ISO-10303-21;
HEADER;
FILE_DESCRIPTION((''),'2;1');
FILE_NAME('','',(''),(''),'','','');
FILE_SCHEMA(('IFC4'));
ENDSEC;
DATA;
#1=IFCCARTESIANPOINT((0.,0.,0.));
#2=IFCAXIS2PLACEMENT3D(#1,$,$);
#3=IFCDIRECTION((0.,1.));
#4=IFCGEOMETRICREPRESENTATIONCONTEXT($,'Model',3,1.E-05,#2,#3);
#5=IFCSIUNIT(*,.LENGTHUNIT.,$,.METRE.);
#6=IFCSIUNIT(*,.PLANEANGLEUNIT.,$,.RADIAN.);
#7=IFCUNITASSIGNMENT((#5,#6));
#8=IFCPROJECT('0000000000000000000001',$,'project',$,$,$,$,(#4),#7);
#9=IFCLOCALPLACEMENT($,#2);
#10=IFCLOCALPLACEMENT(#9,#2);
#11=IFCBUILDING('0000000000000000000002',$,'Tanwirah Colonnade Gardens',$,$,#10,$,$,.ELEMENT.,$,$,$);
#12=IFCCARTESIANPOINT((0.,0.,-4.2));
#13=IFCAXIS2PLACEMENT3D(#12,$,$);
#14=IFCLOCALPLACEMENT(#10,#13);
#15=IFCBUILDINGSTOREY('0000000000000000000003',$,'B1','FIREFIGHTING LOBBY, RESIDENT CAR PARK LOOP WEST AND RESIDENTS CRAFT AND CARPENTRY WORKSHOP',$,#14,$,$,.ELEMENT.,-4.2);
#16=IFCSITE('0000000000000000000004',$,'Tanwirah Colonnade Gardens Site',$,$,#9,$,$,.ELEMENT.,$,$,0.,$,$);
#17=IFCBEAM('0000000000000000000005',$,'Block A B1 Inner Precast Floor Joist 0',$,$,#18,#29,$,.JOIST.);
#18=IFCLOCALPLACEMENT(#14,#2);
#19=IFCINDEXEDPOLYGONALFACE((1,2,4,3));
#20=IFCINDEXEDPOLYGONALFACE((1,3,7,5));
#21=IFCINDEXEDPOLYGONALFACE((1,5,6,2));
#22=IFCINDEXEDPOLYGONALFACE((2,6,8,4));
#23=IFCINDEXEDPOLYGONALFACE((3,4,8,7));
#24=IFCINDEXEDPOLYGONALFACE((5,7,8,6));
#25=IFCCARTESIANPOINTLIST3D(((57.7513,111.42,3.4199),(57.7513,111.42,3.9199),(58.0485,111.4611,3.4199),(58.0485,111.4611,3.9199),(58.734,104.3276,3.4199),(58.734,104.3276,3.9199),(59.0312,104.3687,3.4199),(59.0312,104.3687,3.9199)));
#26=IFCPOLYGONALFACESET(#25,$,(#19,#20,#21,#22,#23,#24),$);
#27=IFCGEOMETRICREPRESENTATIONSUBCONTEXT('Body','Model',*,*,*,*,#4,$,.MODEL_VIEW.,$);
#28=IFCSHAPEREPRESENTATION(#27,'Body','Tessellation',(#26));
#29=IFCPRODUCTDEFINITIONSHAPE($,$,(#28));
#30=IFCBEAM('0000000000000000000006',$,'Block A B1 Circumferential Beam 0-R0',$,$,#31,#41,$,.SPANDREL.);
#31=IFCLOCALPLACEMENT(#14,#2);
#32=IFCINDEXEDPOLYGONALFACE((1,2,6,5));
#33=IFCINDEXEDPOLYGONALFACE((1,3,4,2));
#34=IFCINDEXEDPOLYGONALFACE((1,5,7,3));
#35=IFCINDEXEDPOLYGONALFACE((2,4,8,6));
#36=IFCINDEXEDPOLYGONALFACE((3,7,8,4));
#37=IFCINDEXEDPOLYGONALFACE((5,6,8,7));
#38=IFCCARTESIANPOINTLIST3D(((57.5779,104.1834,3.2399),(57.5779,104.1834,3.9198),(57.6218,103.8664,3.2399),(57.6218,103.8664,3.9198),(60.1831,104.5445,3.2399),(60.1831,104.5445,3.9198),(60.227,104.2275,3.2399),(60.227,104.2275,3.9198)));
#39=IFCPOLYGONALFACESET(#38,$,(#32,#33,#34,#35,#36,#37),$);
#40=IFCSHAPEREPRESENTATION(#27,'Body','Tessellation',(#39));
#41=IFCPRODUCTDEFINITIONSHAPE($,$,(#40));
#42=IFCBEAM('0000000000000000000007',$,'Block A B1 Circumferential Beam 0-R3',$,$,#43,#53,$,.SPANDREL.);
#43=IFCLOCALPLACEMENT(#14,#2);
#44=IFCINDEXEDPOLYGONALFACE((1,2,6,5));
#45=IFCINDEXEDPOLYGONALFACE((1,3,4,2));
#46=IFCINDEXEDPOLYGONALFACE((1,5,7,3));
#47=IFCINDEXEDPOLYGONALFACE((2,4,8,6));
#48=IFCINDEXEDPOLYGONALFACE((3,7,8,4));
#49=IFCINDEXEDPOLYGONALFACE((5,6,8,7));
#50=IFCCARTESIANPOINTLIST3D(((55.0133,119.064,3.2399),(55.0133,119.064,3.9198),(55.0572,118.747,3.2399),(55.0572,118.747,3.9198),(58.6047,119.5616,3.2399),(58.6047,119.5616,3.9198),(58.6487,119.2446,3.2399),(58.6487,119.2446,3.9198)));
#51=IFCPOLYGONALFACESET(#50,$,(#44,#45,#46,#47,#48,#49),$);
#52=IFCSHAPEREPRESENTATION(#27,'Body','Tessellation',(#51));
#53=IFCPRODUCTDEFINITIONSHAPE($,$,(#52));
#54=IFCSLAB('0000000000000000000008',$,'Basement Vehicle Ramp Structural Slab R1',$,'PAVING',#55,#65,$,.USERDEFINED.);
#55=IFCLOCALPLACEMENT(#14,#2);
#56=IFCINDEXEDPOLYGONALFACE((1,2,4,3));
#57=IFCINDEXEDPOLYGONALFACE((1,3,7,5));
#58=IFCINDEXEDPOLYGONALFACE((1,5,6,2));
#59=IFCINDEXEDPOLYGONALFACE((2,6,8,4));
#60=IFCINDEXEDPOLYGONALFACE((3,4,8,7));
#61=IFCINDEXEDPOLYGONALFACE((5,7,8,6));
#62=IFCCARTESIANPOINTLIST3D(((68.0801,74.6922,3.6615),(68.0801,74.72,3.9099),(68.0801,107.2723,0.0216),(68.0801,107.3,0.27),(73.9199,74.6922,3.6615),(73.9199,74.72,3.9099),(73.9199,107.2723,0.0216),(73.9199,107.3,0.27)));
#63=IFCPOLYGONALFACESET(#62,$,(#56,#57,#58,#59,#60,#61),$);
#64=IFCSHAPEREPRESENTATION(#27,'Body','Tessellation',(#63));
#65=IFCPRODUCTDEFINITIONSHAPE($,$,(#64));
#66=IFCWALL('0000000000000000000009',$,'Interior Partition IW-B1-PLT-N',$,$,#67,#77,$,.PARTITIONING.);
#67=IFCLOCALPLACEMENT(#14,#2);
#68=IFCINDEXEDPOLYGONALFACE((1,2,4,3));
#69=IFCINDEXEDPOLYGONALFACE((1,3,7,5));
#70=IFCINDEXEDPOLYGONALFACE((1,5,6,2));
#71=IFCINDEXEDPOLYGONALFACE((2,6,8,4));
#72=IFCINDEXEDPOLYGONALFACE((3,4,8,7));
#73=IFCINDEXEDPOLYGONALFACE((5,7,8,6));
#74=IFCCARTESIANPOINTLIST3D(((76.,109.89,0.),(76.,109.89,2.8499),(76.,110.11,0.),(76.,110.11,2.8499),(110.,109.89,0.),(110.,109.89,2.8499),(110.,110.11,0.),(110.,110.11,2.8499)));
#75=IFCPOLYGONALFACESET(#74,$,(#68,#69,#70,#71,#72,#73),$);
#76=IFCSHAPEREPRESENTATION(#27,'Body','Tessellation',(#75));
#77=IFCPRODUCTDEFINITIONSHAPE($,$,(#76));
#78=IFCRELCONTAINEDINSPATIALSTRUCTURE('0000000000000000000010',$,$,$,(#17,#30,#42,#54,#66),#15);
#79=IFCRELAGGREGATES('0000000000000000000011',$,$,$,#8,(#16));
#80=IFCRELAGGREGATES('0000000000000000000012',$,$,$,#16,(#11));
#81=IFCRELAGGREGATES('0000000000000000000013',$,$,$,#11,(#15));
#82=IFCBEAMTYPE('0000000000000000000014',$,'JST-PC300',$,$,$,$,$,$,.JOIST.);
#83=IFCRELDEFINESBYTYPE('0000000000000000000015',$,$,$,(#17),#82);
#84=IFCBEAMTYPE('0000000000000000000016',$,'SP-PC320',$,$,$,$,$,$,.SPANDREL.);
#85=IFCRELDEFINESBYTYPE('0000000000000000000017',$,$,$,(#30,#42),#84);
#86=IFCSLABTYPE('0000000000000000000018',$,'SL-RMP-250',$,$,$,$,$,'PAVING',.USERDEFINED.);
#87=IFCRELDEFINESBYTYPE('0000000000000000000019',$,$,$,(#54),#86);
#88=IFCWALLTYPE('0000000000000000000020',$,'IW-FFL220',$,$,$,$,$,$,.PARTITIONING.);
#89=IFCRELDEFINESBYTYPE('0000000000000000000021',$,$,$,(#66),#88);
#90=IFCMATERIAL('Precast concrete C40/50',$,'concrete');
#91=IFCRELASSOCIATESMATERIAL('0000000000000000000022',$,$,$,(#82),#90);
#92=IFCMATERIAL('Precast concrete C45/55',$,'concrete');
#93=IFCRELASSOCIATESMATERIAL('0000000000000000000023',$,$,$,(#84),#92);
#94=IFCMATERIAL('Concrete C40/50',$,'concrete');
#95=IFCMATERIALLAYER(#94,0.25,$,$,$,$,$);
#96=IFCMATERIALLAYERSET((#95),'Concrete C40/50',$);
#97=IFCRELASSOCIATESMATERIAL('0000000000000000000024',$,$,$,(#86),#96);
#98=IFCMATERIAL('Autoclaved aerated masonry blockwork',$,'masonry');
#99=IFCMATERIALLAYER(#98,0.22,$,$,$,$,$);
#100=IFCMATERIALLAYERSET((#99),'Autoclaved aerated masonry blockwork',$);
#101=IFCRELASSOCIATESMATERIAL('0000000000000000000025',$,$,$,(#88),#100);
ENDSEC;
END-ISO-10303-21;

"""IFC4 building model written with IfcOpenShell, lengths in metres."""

from ifc_helpers import new_model, si_unit, direction, frame, frame_2d, origin, origin_2d, place, context, subcontext, project, spatial, polyline, rectangle, outline, extrude, material, layer, layer_set, material_profile, profile_set, type_object, element, save


model = new_model("IFC4")

# Units and contexts
model_context = context("Model", 3, precision=1e-05, world=origin(), true_north=direction((0.0, 1.0)))
body_context = subcontext(model_context, "Body", "Model", "MODEL_VIEW")
ifc_project = project(units=[si_unit("LENGTHUNIT", "METRE"), si_unit("PLANEANGLEUNIT", "RADIAN")], contexts=[model_context])

# Site, building, storey
site_placement = place(None, origin())
site = spatial("IfcSite", under=ifc_project, at=site_placement, Name="Tanwirah Colonnade Gardens Site", CompositionType="ELEMENT", RefElevation=0.0)
building_placement = place(site_placement, origin())
building = spatial("IfcBuilding", under=site, at=building_placement, Name="Tanwirah Colonnade Gardens", CompositionType="ELEMENT")
storey_placement = place(building_placement, frame((0.0, 0.0, -4.2)))
storey = spatial("IfcBuildingStorey", under=building, at=storey_placement, Name="B1", Description="FIREFIGHTING LOBBY, RESIDENT CAR PARK LOOP WEST AND RESIDENTS CRAFT AND CARPENTRY WORKSHOP", CompositionType="ELEMENT", Elevation=-4.2)

# Beams
ifc_material_1 = material(Name="Precast concrete C40/50", Category="concrete")
ifc_material_2 = material(Name="Precast concrete C45/55", Category="concrete")
ifc_material_profile_1 = material_profile(ifc_material_1, rectangle(XDim=0.3, YDim=0.5, at=origin_2d()), Name="PC-JST 300x500")
ifc_profile_set_1 = profile_set([ifc_material_profile_1], Name="Precast concrete C40/50")
beam_type_1 = type_object("IfcBeamType", Name="JST-PC300", PredefinedType="JOIST", material=ifc_profile_set_1)
beam_1_placement = place(storey_placement, frame((58.8826, 104.3481, 3.6699), z_axis=(-0.137243, 0.990537, 0.0), x_axis=(-0.990537, -0.137243, 0.0)))
element("IfcBeam", 1, at=beam_1_placement, inside=storey, type_object=beam_type_1, Name="Block A B1 Inner Precast Floor Joist 0", PredefinedType="JOIST", context=body_context, shape_type="SweptSolid", body=[
    extrude(rectangle(XDim=0.3, YDim=0.5, at=origin_2d()), origin(), (0.0, 0.0, 1.0), 7.1602),
])
ifc_material_profile_2 = material_profile(ifc_material_2, rectangle(XDim=0.3201, YDim=0.6799, at=origin_2d()), Name="PC-SP 320x680")
ifc_profile_set_2 = profile_set([ifc_material_profile_2], Name="Precast concrete C45/55")
beam_type_2 = type_object("IfcBeamType", Name="SP-PC320", PredefinedType="SPANDREL", material=ifc_profile_set_2)
beam_2_placement = place(storey_placement, frame((60.2051, 104.386, 3.5798), z_axis=(-0.990531, -0.137288, 0.0), x_axis=(0.137288, -0.990531, 0.0)))
element("IfcBeam", 2, at=beam_2_placement, inside=storey, type_object=beam_type_2, Name="Block A B1 Circumferential Beam 0-R0", PredefinedType="SPANDREL", context=body_context, shape_type="SweptSolid", body=[
    extrude(rectangle(XDim=0.3201, YDim=0.6799, at=origin_2d()), origin(), (0.0, 0.0, 1.0), 2.6301),
])
beam_3_placement = place(storey_placement, frame((58.6267, 119.4031, 3.5798), z_axis=(-0.990539, -0.137234, 0.0), x_axis=(0.137234, -0.990539, 0.0)))
element("IfcBeam", 3, at=beam_3_placement, inside=storey, type_object=beam_type_2, Name="Block A B1 Circumferential Beam 0-R3", PredefinedType="SPANDREL", context=body_context, shape_type="SweptSolid", body=[
    extrude(rectangle(XDim=0.3201, YDim=0.6799, at=origin_2d()), origin(), (0.0, 0.0, 1.0), 3.6257),
])

# Slab
ifc_material_3 = material(Name="Concrete C40/50", Category="concrete")
ifc_layer_1 = layer(ifc_material_3, 0.25)
ifc_layer_set_1 = layer_set([ifc_layer_1], Name="Concrete C40/50")
slab_type = type_object("IfcSlabType", Name="SL-RMP-250", ElementType="PAVING", PredefinedType="USERDEFINED", material=ifc_layer_set_1)
slab_placement = place(storey_placement, frame((68.0801, 107.3, 0.27), z_axis=(0.0, 0.111031, 0.993817), x_axis=(1.0, 0.0, 0.0)))
element("IfcSlab", 4, at=slab_placement, inside=storey, type_object=slab_type, Name="Basement Vehicle Ramp Structural Slab R1", ObjectType="PAVING", PredefinedType="USERDEFINED", context=body_context, shape_type="SweptSolid", body=[
    extrude(outline(polyline([(0.0, 0.0), (5.8398, 0.0), (5.8398, -32.7828), (0.0, -32.7828), (0.0, 0.0)])), origin(), (0.0, 0.0, -1.0), 0.25),
])

# Wall
ifc_material_4 = material(Name="Autoclaved aerated masonry blockwork", Category="masonry")
ifc_layer_2 = layer(ifc_material_4, 0.22)
ifc_layer_set_2 = layer_set([ifc_layer_2], Name="Autoclaved aerated masonry blockwork")
wall_type = type_object("IfcWallType", Name="IW-FFL220", PredefinedType="PARTITIONING", material=ifc_layer_set_2)
wall_placement = place(storey_placement, frame((76.0, 110.0, 0.0), z_axis=(0.0, 0.0, 1.0), x_axis=(1.0, 0.0, 0.0)))
element("IfcWall", 5, at=wall_placement, inside=storey, type_object=wall_type, Name="Interior Partition IW-B1-PLT-N", PredefinedType="PARTITIONING", context=body_context, shape_type="SweptSolid", body=[
    extrude(rectangle(XDim=34.0, YDim=0.22, at=frame_2d((17.0, 0.0))), origin(), (0.0, 0.0, 1.0), 2.8499),
])

save(model, "model.ifc")
